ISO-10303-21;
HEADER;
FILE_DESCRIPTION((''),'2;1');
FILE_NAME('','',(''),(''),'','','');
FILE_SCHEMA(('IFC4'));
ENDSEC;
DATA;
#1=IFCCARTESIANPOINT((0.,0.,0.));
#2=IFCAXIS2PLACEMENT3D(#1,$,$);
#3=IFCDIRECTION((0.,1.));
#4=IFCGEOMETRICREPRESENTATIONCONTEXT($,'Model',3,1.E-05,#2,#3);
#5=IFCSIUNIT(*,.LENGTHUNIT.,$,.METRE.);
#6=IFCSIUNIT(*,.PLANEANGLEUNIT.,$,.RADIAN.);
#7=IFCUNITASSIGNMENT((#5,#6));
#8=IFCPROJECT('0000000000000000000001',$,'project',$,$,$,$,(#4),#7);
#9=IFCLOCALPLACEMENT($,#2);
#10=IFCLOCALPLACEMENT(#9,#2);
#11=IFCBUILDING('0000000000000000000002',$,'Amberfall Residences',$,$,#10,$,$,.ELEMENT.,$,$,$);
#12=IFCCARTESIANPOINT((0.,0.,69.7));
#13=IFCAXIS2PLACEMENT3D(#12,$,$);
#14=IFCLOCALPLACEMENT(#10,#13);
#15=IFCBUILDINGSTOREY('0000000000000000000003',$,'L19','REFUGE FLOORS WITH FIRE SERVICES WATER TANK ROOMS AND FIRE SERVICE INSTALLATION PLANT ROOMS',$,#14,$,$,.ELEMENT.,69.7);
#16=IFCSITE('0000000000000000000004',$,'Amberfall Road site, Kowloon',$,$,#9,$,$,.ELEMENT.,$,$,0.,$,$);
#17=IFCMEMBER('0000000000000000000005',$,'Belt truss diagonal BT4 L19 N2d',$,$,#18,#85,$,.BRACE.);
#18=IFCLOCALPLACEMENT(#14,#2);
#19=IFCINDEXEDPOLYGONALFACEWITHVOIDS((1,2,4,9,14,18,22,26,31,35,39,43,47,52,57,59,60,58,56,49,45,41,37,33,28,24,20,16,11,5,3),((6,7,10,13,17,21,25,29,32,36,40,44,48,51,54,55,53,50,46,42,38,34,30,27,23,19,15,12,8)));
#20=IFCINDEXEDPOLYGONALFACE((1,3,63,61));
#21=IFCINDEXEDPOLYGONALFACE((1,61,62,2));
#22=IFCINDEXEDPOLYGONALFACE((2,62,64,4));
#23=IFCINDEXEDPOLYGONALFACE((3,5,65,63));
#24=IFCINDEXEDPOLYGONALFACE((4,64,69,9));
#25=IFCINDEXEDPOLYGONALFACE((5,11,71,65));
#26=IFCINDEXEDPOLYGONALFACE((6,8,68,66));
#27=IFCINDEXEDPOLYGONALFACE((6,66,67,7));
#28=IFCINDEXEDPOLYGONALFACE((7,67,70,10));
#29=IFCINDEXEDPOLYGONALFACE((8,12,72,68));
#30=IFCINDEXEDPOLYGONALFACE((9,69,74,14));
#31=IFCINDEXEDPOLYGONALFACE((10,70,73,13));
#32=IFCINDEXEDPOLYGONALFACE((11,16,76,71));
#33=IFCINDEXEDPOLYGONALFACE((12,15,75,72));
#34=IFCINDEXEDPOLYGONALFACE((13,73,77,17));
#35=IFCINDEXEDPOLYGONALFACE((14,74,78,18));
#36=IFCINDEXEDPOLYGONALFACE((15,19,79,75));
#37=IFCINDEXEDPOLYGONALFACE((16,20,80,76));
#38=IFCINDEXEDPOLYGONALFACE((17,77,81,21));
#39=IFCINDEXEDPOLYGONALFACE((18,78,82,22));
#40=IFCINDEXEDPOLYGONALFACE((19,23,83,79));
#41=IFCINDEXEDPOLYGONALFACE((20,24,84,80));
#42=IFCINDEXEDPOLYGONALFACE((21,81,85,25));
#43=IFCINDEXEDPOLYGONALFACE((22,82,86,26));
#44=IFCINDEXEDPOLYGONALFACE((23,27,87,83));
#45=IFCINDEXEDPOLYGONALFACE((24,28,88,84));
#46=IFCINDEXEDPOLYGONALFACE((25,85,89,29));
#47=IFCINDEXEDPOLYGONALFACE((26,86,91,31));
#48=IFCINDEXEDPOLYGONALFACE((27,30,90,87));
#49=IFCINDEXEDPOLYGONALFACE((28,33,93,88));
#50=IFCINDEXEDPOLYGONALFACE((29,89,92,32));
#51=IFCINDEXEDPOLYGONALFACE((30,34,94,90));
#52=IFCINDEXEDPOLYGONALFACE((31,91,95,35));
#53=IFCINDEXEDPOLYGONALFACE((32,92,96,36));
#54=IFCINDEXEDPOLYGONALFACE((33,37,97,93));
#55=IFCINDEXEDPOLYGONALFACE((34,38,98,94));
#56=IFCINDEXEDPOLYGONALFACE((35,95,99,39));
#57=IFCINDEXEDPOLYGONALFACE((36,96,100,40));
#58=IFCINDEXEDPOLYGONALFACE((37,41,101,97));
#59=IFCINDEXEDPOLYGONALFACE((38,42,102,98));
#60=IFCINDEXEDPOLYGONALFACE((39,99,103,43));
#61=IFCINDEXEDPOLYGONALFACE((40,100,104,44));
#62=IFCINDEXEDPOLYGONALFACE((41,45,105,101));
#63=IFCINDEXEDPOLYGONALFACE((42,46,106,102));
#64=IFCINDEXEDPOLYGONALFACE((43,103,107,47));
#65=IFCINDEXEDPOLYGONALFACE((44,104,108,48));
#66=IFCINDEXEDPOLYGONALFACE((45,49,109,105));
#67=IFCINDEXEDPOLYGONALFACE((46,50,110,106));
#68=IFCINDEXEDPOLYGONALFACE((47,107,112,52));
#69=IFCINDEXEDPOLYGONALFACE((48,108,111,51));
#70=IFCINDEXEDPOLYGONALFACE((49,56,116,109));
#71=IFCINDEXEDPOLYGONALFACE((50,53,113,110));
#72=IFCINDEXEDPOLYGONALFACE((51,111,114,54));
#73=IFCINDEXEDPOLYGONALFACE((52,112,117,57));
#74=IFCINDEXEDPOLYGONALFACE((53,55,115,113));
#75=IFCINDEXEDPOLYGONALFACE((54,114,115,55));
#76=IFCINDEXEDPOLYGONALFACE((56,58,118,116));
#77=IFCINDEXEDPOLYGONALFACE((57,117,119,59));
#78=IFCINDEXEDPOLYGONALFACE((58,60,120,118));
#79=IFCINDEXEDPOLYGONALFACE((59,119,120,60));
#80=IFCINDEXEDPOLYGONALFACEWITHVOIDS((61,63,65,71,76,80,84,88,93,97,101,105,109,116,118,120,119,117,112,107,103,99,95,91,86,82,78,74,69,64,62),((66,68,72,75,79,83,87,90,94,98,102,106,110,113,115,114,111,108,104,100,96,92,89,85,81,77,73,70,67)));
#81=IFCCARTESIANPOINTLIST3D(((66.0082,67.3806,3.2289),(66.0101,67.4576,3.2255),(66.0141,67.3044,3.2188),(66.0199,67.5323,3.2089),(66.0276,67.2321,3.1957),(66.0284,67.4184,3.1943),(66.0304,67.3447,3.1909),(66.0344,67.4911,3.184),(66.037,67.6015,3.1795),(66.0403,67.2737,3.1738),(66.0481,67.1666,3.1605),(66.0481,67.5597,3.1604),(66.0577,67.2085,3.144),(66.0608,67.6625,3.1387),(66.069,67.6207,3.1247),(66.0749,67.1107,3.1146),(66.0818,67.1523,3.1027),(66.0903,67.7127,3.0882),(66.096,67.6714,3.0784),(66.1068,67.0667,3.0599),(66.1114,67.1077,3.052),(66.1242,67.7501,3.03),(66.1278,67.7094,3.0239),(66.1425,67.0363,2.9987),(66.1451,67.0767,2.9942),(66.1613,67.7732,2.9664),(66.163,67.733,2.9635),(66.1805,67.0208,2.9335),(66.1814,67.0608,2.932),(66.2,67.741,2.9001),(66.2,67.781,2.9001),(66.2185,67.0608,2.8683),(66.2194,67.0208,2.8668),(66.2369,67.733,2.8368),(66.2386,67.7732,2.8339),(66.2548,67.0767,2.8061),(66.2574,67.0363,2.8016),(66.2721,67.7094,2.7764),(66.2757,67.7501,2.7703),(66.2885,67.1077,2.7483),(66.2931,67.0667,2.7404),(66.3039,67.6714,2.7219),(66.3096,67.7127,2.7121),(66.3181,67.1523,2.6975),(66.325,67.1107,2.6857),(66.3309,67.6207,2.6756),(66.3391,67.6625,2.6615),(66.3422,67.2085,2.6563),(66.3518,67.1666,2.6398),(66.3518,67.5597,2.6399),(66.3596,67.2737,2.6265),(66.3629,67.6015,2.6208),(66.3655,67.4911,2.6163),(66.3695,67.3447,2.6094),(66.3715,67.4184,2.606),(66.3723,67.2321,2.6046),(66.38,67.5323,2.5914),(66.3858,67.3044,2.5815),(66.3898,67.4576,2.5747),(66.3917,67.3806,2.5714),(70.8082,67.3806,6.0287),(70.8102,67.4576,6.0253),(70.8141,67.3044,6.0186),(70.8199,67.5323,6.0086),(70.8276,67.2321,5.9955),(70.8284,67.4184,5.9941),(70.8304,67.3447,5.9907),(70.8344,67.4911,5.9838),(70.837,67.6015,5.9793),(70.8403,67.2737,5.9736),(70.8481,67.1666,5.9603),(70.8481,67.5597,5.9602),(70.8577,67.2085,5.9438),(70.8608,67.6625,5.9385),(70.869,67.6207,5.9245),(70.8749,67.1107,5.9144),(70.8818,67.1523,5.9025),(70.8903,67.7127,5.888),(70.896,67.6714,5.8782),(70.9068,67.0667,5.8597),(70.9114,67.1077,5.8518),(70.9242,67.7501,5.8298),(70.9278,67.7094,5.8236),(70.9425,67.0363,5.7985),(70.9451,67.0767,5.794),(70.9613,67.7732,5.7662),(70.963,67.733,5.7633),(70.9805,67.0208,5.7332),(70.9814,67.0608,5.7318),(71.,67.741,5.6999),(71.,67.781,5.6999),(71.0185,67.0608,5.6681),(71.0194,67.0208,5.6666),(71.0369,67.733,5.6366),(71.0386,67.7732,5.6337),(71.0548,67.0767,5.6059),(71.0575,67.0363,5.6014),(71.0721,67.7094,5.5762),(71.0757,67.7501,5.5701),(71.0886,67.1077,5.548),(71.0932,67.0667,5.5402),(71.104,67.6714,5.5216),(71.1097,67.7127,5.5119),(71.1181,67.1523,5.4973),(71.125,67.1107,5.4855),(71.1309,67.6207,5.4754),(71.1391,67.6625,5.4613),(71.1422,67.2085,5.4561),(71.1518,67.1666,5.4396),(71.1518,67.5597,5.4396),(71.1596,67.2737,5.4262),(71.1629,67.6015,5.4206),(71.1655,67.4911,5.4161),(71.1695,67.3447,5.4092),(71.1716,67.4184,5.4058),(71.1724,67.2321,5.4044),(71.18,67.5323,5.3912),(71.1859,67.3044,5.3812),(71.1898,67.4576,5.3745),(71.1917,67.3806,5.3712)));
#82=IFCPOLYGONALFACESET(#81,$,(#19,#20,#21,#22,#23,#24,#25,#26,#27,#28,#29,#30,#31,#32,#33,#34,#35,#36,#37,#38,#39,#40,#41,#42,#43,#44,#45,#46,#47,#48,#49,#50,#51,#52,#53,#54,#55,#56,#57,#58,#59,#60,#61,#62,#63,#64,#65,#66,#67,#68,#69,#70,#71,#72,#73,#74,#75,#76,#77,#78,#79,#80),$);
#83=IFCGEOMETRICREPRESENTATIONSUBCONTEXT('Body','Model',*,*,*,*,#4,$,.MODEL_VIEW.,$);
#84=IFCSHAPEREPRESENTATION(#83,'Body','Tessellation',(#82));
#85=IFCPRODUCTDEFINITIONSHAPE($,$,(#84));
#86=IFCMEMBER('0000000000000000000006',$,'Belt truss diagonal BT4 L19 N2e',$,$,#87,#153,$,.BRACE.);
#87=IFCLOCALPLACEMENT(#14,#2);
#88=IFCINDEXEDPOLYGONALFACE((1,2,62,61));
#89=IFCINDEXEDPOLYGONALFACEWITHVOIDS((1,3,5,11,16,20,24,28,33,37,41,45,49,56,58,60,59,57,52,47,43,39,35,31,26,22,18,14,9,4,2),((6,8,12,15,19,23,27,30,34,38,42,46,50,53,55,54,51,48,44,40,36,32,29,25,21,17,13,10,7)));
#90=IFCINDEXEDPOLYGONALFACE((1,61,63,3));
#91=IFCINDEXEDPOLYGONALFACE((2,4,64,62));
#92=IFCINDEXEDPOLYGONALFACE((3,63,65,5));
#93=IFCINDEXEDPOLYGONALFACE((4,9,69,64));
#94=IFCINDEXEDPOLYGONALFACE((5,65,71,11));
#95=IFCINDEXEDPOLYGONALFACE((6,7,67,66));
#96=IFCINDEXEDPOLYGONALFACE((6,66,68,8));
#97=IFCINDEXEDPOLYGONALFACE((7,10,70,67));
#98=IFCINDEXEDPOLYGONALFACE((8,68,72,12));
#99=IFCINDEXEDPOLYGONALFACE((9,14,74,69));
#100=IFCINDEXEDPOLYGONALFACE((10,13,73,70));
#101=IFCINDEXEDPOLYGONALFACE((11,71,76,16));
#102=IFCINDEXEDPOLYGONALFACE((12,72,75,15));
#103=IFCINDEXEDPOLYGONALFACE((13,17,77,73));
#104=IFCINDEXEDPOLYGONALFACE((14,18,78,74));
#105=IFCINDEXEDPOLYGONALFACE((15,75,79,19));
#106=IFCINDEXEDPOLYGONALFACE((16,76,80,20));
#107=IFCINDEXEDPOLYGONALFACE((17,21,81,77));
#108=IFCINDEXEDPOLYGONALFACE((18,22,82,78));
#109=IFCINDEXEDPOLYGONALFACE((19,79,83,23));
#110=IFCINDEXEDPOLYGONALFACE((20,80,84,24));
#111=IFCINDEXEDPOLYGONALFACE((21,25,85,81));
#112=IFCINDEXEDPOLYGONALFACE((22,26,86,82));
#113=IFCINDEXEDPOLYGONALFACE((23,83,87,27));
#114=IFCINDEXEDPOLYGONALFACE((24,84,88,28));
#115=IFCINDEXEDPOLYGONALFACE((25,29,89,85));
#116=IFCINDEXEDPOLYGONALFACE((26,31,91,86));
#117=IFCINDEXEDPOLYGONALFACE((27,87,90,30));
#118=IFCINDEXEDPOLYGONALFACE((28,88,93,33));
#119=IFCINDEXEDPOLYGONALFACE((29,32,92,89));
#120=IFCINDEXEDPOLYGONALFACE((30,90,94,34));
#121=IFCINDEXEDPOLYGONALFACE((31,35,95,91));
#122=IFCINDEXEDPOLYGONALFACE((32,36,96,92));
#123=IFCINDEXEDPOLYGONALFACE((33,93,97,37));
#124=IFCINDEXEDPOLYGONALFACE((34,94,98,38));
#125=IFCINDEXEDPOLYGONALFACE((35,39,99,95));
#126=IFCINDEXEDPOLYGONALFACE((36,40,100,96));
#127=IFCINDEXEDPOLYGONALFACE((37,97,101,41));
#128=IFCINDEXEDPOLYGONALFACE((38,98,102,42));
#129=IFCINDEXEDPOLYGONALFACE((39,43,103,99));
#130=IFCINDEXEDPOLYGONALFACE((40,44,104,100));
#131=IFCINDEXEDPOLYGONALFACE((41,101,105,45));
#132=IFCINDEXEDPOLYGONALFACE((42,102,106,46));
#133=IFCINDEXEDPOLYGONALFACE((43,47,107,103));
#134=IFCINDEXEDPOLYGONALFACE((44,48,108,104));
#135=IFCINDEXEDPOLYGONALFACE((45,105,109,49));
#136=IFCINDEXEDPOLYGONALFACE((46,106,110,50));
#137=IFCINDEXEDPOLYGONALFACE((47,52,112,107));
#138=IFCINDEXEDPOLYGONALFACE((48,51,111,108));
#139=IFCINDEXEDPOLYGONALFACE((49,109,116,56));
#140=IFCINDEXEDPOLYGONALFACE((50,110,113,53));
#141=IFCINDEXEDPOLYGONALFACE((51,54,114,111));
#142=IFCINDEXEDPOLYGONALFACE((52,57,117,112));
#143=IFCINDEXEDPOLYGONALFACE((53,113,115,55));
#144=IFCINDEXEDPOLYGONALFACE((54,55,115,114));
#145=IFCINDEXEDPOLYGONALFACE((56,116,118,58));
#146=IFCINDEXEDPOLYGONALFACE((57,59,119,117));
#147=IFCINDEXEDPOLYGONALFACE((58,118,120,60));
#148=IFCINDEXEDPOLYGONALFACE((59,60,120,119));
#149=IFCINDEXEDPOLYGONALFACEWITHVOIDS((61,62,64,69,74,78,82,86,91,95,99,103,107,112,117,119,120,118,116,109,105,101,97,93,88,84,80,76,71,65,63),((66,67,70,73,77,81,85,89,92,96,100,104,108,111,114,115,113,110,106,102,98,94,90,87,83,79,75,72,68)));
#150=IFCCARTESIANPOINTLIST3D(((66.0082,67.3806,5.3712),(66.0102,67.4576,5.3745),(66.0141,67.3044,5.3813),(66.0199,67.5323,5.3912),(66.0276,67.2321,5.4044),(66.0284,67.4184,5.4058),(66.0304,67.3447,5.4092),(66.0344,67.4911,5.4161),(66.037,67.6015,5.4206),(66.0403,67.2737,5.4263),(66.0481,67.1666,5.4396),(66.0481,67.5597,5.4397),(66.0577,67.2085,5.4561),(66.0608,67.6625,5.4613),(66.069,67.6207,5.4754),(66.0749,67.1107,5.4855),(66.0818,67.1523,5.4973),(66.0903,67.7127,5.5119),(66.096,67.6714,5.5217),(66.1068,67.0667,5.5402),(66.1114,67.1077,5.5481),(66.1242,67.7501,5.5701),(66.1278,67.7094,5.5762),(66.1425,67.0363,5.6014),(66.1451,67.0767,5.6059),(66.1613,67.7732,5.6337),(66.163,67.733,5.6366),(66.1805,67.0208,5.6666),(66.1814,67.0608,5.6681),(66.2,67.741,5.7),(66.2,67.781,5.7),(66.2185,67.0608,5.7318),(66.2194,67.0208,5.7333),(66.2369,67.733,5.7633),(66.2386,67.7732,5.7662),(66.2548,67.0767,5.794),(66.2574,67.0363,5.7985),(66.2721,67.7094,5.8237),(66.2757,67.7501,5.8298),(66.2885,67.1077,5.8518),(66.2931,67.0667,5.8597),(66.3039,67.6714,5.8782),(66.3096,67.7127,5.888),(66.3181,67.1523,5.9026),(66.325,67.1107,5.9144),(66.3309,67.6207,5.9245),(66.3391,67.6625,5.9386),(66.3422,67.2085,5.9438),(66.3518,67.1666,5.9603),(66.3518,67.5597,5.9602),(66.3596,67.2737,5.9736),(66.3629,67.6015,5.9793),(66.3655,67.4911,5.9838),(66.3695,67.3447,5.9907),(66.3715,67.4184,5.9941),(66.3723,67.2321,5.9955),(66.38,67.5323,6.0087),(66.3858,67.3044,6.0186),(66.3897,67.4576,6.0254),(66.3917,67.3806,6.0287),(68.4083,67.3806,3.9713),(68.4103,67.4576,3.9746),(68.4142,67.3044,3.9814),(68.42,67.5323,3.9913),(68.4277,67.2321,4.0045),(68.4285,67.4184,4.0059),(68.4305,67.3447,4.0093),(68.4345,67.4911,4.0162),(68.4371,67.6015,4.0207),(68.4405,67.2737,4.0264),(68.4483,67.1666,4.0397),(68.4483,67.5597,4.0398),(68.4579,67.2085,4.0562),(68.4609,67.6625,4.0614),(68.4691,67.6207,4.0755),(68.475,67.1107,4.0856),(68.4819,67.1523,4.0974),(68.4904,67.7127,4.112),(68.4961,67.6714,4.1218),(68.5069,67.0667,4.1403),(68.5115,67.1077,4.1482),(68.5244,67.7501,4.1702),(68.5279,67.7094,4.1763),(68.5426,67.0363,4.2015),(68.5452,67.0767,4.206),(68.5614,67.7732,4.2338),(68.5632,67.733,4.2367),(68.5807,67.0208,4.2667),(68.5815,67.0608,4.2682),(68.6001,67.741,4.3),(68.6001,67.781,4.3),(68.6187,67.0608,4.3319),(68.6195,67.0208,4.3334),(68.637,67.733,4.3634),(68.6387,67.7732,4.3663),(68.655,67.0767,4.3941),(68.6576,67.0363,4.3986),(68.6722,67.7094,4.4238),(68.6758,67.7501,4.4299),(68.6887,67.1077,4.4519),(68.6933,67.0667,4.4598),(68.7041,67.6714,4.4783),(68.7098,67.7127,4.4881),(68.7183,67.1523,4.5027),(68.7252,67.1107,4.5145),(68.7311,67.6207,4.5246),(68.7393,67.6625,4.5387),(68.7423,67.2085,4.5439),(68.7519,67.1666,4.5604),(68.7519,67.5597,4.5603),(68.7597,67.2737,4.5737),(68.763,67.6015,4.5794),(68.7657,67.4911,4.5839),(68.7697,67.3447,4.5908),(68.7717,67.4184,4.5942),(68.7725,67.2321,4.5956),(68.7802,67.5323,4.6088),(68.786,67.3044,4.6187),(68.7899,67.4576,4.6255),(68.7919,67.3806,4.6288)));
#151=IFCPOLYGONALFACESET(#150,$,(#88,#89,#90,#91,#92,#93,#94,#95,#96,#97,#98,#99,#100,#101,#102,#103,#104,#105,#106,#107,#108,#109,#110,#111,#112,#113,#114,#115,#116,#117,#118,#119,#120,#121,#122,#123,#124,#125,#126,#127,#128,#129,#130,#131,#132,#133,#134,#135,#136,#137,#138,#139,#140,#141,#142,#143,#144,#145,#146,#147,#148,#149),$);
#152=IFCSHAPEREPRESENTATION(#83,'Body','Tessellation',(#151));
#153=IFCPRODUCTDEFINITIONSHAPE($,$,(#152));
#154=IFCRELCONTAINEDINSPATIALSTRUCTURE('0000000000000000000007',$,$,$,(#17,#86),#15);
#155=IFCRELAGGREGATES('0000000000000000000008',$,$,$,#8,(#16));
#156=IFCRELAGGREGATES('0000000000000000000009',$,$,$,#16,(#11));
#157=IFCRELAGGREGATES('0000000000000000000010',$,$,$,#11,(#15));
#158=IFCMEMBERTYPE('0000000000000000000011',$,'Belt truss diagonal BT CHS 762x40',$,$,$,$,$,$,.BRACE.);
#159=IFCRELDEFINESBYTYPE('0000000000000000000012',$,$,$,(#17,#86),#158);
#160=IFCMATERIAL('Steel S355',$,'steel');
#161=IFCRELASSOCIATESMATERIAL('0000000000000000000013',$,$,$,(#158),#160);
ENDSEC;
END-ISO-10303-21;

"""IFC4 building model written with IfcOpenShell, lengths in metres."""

from ifc_helpers import new_model, si_unit, direction, frame, origin, origin_2d, place, context, subcontext, project, spatial, hollow_circle, extrude, material, material_profile, profile_set, type_object, element, save


model = new_model("IFC4")

# Units and contexts
model_context = context("Model", 3, precision=1e-05, world=origin(), true_north=direction((0.0, 1.0)))
body_context = subcontext(model_context, "Body", "Model", "MODEL_VIEW")
ifc_project = project(units=[si_unit("LENGTHUNIT", "METRE"), si_unit("PLANEANGLEUNIT", "RADIAN")], contexts=[model_context])

# Site, building, storey
site_placement = place(None, origin())
site = spatial("IfcSite", under=ifc_project, at=site_placement, Name="Amberfall Road site, Kowloon", CompositionType="ELEMENT", RefElevation=0.0)
building_placement = place(site_placement, origin())
building = spatial("IfcBuilding", under=site, at=building_placement, Name="Amberfall Residences", CompositionType="ELEMENT")
storey_placement = place(building_placement, frame((0.0, 0.0, 69.7)))
storey = spatial("IfcBuildingStorey", under=building, at=storey_placement, Name="L19", Description="REFUGE FLOORS WITH FIRE SERVICES WATER TANK ROOMS AND FIRE SERVICE INSTALLATION PLANT ROOMS", CompositionType="ELEMENT", Elevation=69.7)

# Shared definitions
ifc_material_1 = material(Name="Steel S355", Category="steel")

# Members
ifc_material_profile_1 = material_profile(ifc_material_1, hollow_circle(Radius=0.3811, WallThickness=0.04, at=origin_2d()), Name="CHS 762x40")
ifc_profile_set_1 = profile_set([ifc_material_profile_1], Name="Steel S355")
member_type = type_object("IfcMemberType", Name="Belt truss diagonal BT CHS 762x40", PredefinedType="BRACE", material=ifc_profile_set_1)
member_1_placement = place(storey_placement, frame((66.2, 67.3999, 2.9001), z_axis=(0.863796, 0.0, 0.503841), x_axis=(0.0, 1.0, 0.0)))
element("IfcMember", 1, at=member_1_placement, inside=storey, type_object=member_type, Name="Belt truss diagonal BT4 L19 N2d", PredefinedType="BRACE", context=body_context, shape_type="SweptSolid", body=[
    extrude(hollow_circle(Radius=0.3811, WallThickness=0.04, at=origin_2d()), origin(), (0.0, 0.0, 1.0), 5.5569),
])
member_2_placement = place(storey_placement, frame((66.2, 67.3999, 5.7), z_axis=(0.863808, 0.0, -0.503822), x_axis=(0.0, 1.0, 0.0)))
element("IfcMember", 2, at=member_2_placement, inside=storey, type_object=member_type, Name="Belt truss diagonal BT4 L19 N2e", PredefinedType="BRACE", context=body_context, shape_type="SweptSolid", body=[
    extrude(hollow_circle(Radius=0.3811, WallThickness=0.04, at=origin_2d()), origin(), (0.0, 0.0, 1.0), 2.7786),
])

save(model, "model.ifc")
